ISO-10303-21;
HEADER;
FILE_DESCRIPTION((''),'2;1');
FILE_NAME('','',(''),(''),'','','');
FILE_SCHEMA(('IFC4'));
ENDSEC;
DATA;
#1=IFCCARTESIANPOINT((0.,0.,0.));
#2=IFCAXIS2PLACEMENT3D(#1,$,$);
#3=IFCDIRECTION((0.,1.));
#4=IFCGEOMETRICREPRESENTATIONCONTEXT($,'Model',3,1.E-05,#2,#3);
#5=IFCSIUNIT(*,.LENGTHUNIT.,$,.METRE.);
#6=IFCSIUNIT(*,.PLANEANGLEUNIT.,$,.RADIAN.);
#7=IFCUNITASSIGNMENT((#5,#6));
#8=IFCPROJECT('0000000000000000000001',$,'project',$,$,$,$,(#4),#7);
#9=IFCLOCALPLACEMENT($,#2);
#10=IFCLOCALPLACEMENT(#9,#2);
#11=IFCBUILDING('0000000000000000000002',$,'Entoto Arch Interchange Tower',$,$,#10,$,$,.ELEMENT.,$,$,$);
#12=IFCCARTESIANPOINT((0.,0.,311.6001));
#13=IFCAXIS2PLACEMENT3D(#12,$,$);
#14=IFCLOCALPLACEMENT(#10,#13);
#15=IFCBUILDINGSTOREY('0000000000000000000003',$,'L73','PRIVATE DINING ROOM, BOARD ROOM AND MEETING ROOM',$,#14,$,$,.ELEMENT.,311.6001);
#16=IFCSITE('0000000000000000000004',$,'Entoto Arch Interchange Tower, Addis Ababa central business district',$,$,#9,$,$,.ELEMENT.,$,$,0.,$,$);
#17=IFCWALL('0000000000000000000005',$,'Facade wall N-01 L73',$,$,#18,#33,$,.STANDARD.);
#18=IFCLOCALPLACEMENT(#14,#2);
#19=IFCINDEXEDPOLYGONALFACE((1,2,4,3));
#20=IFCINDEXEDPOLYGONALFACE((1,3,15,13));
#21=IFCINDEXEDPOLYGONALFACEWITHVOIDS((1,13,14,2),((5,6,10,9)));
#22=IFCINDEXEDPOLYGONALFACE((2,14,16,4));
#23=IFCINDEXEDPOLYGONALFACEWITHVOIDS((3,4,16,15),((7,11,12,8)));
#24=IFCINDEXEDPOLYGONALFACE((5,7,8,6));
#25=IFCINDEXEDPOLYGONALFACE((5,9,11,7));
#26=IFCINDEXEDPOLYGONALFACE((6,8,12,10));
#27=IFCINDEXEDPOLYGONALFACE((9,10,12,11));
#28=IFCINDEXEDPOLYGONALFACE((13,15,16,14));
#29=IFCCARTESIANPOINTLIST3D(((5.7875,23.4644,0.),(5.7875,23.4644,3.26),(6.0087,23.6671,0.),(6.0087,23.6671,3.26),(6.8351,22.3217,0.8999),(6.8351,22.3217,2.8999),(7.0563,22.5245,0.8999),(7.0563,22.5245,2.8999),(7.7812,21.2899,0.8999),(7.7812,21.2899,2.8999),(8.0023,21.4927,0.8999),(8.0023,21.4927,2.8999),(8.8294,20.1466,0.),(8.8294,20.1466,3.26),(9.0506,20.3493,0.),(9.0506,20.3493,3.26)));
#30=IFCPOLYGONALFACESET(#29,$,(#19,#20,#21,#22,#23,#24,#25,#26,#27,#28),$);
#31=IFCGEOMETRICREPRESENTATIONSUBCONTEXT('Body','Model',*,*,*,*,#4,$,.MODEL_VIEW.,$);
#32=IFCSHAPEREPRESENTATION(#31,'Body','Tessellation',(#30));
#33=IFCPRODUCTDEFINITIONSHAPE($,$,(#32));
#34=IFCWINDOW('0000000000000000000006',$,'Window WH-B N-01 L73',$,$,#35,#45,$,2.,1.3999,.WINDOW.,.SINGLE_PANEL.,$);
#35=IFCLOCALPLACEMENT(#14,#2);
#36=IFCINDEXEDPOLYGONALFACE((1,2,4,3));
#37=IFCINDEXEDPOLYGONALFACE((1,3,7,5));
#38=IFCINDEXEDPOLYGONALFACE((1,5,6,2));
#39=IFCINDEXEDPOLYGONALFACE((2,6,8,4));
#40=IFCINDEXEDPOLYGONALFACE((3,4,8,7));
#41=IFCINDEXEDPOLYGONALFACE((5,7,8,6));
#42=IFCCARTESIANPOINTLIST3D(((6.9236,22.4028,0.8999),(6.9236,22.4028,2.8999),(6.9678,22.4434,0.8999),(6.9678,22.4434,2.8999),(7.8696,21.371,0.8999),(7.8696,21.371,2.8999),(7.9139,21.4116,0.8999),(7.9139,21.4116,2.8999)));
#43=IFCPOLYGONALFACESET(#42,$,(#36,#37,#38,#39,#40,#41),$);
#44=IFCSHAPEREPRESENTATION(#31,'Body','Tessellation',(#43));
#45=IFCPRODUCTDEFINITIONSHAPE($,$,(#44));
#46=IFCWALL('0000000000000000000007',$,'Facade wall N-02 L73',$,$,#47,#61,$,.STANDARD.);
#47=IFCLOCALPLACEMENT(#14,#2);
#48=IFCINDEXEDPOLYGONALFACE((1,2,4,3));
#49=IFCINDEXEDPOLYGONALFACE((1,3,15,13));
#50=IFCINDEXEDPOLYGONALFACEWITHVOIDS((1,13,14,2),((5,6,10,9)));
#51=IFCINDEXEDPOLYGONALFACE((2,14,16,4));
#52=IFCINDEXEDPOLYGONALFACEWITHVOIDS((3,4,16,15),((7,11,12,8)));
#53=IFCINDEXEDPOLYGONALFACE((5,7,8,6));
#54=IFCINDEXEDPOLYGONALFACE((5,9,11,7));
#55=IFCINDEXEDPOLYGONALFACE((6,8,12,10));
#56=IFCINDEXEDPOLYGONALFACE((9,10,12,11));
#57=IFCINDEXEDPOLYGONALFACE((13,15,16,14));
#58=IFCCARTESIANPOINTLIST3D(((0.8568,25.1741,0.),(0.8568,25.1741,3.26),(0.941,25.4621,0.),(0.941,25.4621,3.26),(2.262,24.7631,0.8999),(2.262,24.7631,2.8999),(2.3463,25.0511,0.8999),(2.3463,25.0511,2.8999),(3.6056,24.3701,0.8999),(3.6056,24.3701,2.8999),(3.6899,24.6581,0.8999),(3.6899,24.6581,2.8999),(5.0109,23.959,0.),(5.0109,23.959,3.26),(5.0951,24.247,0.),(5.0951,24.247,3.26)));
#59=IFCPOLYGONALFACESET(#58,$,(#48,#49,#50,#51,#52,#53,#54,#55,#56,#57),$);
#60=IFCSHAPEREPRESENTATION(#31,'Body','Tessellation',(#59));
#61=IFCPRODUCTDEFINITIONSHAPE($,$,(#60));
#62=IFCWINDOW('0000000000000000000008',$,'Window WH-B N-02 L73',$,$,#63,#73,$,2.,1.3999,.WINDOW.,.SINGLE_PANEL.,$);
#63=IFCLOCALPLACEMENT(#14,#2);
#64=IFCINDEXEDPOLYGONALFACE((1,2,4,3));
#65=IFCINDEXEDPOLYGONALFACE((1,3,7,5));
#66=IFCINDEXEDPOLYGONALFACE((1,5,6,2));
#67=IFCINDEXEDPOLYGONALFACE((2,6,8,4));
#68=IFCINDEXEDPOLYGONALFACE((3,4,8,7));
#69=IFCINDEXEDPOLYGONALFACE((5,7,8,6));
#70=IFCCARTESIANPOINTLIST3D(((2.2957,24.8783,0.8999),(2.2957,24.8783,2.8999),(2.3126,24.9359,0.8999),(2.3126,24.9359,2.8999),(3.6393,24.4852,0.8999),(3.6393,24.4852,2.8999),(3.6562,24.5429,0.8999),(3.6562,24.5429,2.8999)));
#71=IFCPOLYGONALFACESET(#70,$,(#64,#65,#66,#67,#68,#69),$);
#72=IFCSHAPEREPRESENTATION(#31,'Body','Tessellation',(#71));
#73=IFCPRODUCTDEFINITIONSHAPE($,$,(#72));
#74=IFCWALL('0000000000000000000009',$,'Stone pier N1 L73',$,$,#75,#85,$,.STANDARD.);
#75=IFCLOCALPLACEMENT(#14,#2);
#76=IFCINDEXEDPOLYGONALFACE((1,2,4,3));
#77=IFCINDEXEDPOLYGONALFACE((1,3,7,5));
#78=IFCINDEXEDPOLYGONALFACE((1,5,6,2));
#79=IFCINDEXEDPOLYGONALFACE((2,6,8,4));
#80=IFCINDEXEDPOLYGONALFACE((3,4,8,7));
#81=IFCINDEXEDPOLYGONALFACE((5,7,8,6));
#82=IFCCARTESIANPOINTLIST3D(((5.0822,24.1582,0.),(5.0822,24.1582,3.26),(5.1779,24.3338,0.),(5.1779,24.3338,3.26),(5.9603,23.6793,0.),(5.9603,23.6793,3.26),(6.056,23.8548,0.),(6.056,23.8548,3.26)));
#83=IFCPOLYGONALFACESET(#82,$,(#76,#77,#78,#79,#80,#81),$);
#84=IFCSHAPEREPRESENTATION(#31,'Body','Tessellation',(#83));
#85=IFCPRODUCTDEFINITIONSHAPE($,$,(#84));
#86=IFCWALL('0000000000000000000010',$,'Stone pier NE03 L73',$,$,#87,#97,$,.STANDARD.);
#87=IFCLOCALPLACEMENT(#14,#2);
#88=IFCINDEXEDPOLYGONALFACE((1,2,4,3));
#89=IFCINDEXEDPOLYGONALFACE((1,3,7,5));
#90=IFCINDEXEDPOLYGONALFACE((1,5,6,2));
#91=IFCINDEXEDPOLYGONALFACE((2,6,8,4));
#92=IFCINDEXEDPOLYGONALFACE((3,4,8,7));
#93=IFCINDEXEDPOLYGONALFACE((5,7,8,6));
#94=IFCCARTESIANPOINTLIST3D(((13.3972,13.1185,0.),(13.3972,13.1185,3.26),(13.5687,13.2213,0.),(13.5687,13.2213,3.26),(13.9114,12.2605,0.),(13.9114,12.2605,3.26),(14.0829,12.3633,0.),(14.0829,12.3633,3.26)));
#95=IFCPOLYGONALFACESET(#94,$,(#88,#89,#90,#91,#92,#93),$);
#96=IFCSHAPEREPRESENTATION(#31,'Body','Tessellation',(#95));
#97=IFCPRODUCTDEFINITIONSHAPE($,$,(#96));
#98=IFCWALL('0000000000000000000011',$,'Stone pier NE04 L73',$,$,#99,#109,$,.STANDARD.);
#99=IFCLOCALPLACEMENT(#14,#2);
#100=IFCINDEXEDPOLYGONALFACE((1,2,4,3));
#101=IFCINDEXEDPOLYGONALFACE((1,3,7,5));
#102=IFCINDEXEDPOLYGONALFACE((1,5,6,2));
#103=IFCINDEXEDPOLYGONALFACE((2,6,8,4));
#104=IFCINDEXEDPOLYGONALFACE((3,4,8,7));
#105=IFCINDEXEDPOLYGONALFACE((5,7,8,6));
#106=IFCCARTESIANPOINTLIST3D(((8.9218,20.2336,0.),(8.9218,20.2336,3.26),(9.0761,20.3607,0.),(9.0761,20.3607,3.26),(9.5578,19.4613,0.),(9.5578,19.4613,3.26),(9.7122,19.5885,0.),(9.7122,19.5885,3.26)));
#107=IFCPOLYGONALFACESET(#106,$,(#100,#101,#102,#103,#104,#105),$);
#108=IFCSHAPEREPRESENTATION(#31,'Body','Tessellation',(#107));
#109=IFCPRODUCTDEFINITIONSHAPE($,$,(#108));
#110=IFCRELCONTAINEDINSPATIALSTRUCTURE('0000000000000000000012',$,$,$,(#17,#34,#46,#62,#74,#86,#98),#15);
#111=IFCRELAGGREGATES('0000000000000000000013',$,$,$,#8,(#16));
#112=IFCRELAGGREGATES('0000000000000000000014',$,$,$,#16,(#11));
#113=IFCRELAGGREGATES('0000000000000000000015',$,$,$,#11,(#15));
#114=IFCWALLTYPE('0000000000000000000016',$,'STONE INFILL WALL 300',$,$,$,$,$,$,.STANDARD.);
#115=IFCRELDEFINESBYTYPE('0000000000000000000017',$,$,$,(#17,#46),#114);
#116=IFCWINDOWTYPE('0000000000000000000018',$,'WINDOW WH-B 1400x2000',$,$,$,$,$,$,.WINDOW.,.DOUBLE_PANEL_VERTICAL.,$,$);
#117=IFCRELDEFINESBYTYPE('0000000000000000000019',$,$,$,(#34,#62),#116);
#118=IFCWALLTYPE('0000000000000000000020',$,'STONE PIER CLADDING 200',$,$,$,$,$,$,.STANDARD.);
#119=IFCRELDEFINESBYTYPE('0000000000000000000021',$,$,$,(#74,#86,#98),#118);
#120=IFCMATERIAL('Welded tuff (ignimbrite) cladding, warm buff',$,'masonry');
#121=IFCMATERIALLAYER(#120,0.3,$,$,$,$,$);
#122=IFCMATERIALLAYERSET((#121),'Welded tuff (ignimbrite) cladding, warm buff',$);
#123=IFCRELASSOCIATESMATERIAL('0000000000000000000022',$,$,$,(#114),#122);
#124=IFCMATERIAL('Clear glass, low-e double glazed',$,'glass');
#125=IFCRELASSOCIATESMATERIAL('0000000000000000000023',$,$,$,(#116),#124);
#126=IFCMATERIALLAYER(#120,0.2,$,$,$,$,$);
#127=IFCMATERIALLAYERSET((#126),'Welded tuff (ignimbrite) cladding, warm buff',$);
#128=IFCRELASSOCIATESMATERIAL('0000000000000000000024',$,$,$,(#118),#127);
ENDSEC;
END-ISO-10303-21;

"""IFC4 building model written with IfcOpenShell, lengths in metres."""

from ifc_helpers import new_model, si_unit, direction, frame, frame_2d, origin, place, context, subcontext, project, spatial, rectangle, extrude, material, layer, layer_set, type_object, element, fill, save


model = new_model("IFC4")

# Units and contexts
model_context = context("Model", 3, precision=1e-05, world=origin(), true_north=direction((0.0, 1.0)))
body_context = subcontext(model_context, "Body", "Model", "MODEL_VIEW")
ifc_project = project(units=[si_unit("LENGTHUNIT", "METRE"), si_unit("PLANEANGLEUNIT", "RADIAN")], contexts=[model_context])

# Site, building, storey
site_placement = place(None, origin())
site = spatial("IfcSite", under=ifc_project, at=site_placement, Name="Entoto Arch Interchange Tower, Addis Ababa central business district", CompositionType="ELEMENT", RefElevation=0.0)
building_placement = place(site_placement, origin())
building = spatial("IfcBuilding", under=site, at=building_placement, Name="Entoto Arch Interchange Tower", CompositionType="ELEMENT")
storey_placement = place(building_placement, frame((0.0, 0.0, 311.6001)))
storey = spatial("IfcBuildingStorey", under=building, at=storey_placement, Name="L73", Description="PRIVATE DINING ROOM, BOARD ROOM AND MEETING ROOM", CompositionType="ELEMENT", Elevation=311.6001)

# Shared definitions
ifc_material_1 = material(Name="Welded tuff (ignimbrite) cladding, warm buff", Category="masonry")
ifc_layer_1 = layer(ifc_material_1, 0.3)
ifc_layer_set_1 = layer_set([ifc_layer_1], Name="Welded tuff (ignimbrite) cladding, warm buff")
wall_type_1 = type_object("IfcWallType", Name="STONE INFILL WALL 300", PredefinedType="STANDARD", material=ifc_layer_set_1)
ifc_material_2 = material(Name="Clear glass, low-e double glazed", Category="glass")

# Walls, openings, windows
wall_1_placement = place(storey_placement, frame((8.9399, 20.248, 0.0), z_axis=(0.0, 0.0, 1.0), x_axis=(-0.675798, 0.737087, 0.0)))
wall_1 = element("IfcWall", 1, at=wall_1_placement, inside=storey, type_object=wall_type_1, Name="Facade wall N-01 L73", PredefinedType="STANDARD", context=body_context, shape_type="SweptSolid", body=[
    extrude(rectangle(XDim=4.5012, YDim=0.3, at=frame_2d((2.2505, 0.0))), origin(), (0.0, 0.0, 1.0), 3.26),
])
opening_1_placement = place(wall_1_placement, frame((1.551, 0.0, 0.8999)))
opening_1 = element("IfcOpeningElement", 2, at=opening_1_placement, cuts=wall_1, PredefinedType="OPENING", context=body_context, shape_type="SweptSolid", body=[
    extrude(rectangle(XDim=1.3999, YDim=2.0, at=frame_2d((0.7, 1.0))), frame((0.0, 0.1602, 0.0), z_axis=(0.0, -1.0, 0.0), x_axis=(1.0, 0.0, 0.0)), (0.0, 0.0, 1.0), 0.3201),
])
window_type_1 = type_object("IfcWindowType", Name="WINDOW WH-B 1400x2000", PartitioningType="DOUBLE_PANEL_VERTICAL", PredefinedType="WINDOW", material=ifc_material_2)
window_1_placement = place(opening_1_placement, origin())
window_1 = element("IfcWindow", 3, at=window_1_placement, inside=storey, type_object=window_type_1, Name="Window WH-B N-01 L73", OverallHeight=2.0, OverallWidth=1.3999, PartitioningType="SINGLE_PANEL", PredefinedType="WINDOW", context=body_context, shape_type="SweptSolid", body=[
    extrude(rectangle(XDim=1.3999, YDim=2.0, at=frame_2d((0.7, 1.0))), frame((0.0, 0.03, 0.0), z_axis=(0.0, -1.0, 0.0), x_axis=(1.0, 0.0, 0.0)), (0.0, 0.0, 1.0), 0.0601),
])
fill(opening_1, window_1)
wall_2_placement = place(storey_placement, frame((5.053, 24.103, 0.0), z_axis=(0.0, 0.0, 1.0), x_axis=(-0.959783, 0.280743, 0.0)))
wall_2 = element("IfcWall", 4, at=wall_2_placement, inside=storey, type_object=wall_type_1, Name="Facade wall N-02 L73", PredefinedType="STANDARD", context=body_context, shape_type="SweptSolid", body=[
    extrude(rectangle(XDim=4.3281, YDim=0.3, at=frame_2d((2.1641, 0.0))), origin(), (0.0, 0.0, 1.0), 3.26),
])
opening_2_placement = place(wall_2_placement, frame((1.4641, 0.0, 0.8999)))
opening_2 = element("IfcOpeningElement", 5, at=opening_2_placement, cuts=wall_2, PredefinedType="OPENING", context=body_context, shape_type="SweptSolid", body=[
    extrude(rectangle(XDim=1.3999, YDim=2.0, at=frame_2d((0.7, 1.0))), frame((0.0, 0.1602, 0.0), z_axis=(0.0, -1.0, 0.0), x_axis=(1.0, 0.0, 0.0)), (0.0, 0.0, 1.0), 0.3201),
])
window_2_placement = place(opening_2_placement, origin())
window_2 = element("IfcWindow", 6, at=window_2_placement, inside=storey, type_object=window_type_1, Name="Window WH-B N-02 L73", OverallHeight=2.0, OverallWidth=1.3999, PartitioningType="SINGLE_PANEL", PredefinedType="WINDOW", context=body_context, shape_type="SweptSolid", body=[
    extrude(rectangle(XDim=1.3999, YDim=2.0, at=frame_2d((0.7, 1.0))), frame((0.0, 0.03, 0.0), z_axis=(0.0, -1.0, 0.0), x_axis=(1.0, 0.0, 0.0)), (0.0, 0.0, 1.0), 0.0601),
])
fill(opening_2, window_2)

# Walls
ifc_layer_2 = layer(ifc_material_1, 0.2)
ifc_layer_set_2 = layer_set([ifc_layer_2], Name="Welded tuff (ignimbrite) cladding, warm buff")
wall_type_2 = type_object("IfcWallType", Name="STONE PIER CLADDING 200", PredefinedType="STANDARD", material=ifc_layer_set_2)
for number, where, z_axis, x_axis, name in (
    (7, (6.0081, 23.7671, 0.0), (0.0, 0.0, 1.0), (-0.877896, 0.478852, 0.0), "Stone pier N1 L73"),
    (8, (13.9971, 12.312, 0.0), (0.0, 0.0, 1.0), (-0.514065, 0.857751, 0.0), "Stone pier NE03 L73"),
):
    element("IfcWall", number, at=place(storey_placement, frame(where, z_axis=z_axis, x_axis=x_axis)), inside=storey, type_object=wall_type_2, Name=name, PredefinedType="STANDARD", context=body_context, shape_type="SweptSolid", body=[
        extrude(rectangle(XDim=1.0002, YDim=0.2, at=frame_2d((0.5, 0.0))), origin(), (0.0, 0.0, 1.0), 3.26),
    ])
wall_3_placement = place(storey_placement, frame((9.635, 19.5249, 0.0), z_axis=(0.0, 0.0, 1.0), x_axis=(-0.635733, 0.771909, 0.0)))
element("IfcWall", 9, at=wall_3_placement, inside=storey, type_object=wall_type_2, Name="Stone pier NE04 L73", PredefinedType="STANDARD", context=body_context, shape_type="SweptSolid", body=[
    extrude(rectangle(XDim=1.0005, YDim=0.2, at=frame_2d((0.5002, 0.0))), origin(), (0.0, 0.0, 1.0), 3.26),
])

save(model, "model.ifc")
